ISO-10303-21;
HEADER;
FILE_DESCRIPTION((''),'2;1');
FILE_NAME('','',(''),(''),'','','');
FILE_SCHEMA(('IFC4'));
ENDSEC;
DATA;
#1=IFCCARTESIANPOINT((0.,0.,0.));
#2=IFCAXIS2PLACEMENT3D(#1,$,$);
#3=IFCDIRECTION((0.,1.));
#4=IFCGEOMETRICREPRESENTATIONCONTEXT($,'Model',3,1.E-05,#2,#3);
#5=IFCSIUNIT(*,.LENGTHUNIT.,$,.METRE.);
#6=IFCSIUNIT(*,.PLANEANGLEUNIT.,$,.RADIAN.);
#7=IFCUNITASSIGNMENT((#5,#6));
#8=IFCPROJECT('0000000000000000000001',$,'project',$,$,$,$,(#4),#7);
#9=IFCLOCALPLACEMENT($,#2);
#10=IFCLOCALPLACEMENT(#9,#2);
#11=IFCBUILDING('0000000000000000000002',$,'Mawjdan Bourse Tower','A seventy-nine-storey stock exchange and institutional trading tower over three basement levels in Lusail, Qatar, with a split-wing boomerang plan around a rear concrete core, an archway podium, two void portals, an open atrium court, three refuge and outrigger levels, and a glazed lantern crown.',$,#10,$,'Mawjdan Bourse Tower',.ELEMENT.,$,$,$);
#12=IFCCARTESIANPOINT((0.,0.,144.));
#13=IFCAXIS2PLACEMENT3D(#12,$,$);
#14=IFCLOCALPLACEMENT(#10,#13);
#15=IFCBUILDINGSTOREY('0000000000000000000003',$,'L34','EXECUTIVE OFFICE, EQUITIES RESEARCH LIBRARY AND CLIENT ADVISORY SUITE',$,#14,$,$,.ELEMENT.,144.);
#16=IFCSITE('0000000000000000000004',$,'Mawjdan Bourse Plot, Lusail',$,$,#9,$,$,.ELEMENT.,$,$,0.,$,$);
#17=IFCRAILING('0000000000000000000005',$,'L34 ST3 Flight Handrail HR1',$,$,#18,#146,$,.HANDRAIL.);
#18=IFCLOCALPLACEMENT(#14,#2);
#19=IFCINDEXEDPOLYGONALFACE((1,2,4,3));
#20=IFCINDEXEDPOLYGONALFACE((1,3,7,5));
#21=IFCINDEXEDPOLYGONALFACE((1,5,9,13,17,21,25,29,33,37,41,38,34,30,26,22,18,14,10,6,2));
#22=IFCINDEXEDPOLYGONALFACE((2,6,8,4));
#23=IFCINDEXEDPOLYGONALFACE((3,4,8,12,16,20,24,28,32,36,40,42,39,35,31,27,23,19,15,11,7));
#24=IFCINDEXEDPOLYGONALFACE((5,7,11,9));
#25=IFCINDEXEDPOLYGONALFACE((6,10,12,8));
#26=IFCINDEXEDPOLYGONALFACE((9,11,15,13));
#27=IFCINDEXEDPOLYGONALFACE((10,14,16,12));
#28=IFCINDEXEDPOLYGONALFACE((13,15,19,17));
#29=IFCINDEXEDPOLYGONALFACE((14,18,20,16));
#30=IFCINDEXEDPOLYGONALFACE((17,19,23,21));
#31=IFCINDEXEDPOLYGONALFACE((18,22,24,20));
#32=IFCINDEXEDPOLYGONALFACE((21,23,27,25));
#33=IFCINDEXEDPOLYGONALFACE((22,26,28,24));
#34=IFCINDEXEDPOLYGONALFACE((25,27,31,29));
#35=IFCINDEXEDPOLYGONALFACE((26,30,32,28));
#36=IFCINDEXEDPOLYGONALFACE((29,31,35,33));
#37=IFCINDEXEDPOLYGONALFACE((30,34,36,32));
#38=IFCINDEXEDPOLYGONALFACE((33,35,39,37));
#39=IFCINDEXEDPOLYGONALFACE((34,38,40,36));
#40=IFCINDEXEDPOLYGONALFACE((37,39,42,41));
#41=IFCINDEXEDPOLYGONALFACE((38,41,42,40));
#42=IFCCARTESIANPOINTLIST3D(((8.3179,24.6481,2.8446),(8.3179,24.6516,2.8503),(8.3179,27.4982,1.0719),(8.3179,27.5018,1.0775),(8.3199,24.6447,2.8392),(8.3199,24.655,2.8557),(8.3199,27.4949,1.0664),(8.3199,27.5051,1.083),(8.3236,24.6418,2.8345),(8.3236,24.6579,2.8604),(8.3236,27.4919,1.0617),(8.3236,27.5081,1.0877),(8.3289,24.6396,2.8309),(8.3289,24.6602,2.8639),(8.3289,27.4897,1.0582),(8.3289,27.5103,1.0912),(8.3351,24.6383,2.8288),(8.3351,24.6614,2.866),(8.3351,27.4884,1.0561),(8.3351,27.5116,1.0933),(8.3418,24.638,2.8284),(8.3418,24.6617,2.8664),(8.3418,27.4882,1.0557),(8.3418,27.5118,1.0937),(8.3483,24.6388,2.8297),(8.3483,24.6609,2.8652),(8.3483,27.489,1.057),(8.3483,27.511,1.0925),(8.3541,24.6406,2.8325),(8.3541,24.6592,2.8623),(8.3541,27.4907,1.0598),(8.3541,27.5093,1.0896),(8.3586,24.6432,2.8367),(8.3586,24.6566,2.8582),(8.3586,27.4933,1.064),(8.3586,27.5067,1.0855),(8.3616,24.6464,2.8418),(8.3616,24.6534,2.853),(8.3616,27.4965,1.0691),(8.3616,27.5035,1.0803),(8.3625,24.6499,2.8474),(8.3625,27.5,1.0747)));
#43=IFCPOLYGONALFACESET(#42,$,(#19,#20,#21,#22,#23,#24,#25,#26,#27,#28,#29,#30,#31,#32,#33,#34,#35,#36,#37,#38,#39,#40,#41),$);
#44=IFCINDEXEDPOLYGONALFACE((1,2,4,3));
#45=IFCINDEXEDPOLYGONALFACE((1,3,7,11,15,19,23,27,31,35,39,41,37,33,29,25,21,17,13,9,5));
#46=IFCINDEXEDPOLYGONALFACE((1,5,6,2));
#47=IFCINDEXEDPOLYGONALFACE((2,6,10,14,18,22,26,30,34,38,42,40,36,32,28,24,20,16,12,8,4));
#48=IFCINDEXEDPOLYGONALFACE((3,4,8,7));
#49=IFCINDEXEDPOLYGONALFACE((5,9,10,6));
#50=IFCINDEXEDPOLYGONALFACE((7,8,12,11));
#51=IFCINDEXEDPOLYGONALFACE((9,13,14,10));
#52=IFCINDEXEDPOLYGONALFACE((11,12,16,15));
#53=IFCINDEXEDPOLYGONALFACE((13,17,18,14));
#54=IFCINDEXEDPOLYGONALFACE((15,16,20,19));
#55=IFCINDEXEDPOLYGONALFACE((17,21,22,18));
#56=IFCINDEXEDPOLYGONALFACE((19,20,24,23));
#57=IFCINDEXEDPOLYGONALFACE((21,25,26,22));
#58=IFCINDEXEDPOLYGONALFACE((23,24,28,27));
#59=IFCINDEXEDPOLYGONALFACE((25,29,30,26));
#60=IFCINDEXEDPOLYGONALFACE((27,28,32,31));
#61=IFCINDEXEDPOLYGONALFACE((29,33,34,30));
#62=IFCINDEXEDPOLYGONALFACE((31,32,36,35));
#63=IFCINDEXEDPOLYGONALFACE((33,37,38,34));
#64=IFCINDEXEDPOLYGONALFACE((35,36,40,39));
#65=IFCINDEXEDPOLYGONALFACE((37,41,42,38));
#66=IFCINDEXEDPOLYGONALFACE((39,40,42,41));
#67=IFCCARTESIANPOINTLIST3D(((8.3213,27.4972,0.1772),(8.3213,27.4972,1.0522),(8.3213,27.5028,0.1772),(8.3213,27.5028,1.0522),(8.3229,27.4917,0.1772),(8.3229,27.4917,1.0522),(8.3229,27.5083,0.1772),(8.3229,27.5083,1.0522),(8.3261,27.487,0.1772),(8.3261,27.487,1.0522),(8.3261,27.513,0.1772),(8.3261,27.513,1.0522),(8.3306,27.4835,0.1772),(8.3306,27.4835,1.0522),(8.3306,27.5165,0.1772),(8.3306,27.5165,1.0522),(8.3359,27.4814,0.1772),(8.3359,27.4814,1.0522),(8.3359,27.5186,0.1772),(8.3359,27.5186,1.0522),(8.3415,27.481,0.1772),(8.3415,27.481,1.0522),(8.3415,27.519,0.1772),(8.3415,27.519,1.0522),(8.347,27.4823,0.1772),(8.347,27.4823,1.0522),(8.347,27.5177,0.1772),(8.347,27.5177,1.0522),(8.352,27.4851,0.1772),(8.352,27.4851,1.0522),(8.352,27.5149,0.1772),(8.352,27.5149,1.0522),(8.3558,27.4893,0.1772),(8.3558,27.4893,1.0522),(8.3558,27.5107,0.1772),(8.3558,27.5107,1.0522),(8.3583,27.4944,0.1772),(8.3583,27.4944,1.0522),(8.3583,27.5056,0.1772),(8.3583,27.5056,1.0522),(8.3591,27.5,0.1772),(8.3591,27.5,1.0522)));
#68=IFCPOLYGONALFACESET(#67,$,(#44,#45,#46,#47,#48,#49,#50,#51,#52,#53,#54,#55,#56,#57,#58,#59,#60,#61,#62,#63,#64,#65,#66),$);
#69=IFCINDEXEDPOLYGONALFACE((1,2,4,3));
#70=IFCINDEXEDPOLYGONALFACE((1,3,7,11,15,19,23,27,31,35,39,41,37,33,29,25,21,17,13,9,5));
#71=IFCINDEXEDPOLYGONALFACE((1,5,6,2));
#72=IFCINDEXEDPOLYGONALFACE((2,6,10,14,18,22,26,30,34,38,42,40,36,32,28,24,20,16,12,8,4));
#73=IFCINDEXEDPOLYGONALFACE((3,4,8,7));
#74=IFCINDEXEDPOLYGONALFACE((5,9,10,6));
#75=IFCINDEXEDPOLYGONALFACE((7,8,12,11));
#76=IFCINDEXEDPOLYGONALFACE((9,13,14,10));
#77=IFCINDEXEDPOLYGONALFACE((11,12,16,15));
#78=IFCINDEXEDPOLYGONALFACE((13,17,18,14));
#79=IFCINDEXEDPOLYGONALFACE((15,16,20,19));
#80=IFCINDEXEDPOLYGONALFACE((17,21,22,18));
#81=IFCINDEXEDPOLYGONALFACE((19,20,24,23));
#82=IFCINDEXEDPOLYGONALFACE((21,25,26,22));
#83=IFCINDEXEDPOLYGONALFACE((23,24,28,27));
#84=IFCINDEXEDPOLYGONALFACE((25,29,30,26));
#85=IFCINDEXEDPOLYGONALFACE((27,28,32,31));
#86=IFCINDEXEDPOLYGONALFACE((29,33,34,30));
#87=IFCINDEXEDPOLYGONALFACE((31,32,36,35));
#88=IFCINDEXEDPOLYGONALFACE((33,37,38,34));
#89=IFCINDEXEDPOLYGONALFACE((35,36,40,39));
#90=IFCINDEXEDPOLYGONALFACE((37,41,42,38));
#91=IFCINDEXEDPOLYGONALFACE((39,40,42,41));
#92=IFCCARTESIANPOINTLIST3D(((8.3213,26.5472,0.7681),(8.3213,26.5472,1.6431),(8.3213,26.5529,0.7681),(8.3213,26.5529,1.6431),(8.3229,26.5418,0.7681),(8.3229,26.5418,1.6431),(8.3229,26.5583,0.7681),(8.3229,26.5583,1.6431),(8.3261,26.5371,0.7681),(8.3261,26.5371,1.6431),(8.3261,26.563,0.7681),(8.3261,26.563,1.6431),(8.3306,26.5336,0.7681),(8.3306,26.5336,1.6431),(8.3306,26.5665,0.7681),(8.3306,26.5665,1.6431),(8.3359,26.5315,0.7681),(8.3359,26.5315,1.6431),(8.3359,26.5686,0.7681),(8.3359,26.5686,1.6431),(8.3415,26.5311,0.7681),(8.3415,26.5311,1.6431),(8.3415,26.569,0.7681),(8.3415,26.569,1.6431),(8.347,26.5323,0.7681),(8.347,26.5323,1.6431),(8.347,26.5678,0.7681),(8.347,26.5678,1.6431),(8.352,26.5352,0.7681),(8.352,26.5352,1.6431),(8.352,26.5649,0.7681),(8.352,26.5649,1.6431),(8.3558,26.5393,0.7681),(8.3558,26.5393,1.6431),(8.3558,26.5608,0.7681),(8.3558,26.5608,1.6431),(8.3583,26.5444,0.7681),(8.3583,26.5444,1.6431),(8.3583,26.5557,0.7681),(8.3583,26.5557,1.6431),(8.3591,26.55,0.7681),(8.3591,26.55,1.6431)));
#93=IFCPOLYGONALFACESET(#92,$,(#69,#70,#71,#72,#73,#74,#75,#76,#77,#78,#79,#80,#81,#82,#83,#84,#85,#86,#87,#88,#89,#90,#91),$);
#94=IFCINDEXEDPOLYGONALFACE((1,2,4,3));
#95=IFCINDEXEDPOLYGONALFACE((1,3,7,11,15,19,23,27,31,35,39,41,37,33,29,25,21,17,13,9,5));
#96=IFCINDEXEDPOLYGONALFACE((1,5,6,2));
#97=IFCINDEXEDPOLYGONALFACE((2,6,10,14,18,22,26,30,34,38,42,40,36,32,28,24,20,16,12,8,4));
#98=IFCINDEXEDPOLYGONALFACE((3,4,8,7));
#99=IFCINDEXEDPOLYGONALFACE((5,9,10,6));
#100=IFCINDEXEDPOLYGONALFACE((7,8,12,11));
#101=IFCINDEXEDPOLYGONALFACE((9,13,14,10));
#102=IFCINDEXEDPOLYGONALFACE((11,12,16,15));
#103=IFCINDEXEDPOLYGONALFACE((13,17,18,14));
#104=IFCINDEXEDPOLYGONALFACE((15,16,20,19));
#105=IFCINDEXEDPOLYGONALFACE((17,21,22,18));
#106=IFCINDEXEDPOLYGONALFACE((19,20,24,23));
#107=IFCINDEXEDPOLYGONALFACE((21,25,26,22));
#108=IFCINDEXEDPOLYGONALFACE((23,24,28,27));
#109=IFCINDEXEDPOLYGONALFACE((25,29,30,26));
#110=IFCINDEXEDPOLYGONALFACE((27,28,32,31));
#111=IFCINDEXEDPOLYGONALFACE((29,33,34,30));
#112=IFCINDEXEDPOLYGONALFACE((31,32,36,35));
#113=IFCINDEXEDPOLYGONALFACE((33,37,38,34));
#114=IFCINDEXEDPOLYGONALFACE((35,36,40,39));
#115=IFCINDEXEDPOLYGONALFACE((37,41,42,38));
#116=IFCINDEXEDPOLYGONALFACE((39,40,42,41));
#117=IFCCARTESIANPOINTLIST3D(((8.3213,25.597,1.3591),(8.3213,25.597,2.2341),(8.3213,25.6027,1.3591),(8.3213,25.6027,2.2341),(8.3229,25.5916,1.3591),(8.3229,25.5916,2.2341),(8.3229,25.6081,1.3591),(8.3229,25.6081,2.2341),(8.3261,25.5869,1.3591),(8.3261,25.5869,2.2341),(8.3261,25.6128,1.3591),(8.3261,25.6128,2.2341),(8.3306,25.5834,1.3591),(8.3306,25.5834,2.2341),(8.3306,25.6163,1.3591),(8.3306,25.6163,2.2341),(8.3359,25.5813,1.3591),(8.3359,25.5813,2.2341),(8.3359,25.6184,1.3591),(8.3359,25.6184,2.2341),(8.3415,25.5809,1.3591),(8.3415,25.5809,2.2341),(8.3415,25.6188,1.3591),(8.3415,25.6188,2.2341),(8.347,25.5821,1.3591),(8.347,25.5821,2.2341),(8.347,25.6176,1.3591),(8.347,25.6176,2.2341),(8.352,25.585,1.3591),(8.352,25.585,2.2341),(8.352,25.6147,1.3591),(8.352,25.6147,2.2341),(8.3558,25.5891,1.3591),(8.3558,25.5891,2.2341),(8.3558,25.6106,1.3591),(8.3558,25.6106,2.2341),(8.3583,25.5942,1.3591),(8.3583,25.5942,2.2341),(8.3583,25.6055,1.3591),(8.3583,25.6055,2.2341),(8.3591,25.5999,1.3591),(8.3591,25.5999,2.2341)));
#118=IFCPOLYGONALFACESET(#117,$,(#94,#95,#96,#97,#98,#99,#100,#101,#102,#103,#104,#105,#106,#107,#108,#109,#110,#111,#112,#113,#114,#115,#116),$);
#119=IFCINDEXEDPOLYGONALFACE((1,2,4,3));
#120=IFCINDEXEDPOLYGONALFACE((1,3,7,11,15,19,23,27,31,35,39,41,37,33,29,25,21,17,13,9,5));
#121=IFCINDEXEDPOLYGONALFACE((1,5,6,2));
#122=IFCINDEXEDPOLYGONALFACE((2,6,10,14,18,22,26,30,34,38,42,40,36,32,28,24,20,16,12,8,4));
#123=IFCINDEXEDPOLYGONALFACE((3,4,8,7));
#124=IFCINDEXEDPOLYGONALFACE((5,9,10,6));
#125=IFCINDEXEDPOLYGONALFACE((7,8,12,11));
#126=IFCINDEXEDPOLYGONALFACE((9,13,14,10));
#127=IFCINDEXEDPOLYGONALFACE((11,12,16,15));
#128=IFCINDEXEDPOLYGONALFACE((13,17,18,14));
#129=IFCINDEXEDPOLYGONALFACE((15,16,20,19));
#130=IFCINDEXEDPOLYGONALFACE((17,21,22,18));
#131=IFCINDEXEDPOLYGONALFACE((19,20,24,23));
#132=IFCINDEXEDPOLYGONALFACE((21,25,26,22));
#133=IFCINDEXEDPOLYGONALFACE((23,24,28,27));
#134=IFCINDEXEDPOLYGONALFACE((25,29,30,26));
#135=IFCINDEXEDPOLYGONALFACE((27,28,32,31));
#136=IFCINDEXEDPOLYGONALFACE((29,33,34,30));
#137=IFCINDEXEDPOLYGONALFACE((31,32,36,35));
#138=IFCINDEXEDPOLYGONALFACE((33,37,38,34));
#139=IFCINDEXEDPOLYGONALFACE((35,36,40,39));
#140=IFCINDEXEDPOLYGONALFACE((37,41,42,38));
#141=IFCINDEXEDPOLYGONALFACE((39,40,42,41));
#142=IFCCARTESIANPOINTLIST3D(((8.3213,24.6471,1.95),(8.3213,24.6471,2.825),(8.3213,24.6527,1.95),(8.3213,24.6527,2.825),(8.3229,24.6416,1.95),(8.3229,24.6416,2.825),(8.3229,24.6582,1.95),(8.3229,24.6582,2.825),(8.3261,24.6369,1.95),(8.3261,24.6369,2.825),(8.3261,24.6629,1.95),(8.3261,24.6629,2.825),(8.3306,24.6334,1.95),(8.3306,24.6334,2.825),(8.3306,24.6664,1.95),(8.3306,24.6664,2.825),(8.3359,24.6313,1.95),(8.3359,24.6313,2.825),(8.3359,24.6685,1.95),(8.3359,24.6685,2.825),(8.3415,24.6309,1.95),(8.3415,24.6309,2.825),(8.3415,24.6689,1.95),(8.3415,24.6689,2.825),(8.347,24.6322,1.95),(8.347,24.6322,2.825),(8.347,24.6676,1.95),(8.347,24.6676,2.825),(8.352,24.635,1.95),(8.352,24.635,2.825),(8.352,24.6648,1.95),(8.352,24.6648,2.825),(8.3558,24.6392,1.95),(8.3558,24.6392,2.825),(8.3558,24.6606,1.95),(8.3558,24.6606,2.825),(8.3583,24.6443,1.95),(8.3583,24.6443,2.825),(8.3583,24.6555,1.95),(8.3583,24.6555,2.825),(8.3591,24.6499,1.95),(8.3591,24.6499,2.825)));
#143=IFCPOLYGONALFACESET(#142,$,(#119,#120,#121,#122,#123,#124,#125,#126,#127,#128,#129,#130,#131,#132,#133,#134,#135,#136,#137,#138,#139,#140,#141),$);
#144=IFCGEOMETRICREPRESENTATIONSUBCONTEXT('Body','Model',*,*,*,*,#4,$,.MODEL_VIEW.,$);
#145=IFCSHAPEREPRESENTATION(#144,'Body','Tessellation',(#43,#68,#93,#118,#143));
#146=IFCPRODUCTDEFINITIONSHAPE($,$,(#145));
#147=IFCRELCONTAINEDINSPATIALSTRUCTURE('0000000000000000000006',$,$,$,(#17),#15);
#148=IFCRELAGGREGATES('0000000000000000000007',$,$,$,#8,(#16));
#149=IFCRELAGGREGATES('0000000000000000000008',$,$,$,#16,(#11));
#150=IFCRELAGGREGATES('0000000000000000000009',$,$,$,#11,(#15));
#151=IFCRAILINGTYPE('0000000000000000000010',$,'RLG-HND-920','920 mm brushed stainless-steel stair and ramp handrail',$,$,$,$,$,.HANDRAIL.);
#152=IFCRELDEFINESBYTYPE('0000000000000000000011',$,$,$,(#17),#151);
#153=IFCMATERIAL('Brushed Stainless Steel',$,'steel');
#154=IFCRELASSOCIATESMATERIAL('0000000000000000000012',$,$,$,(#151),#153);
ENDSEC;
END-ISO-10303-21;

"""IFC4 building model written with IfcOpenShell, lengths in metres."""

from ifc_helpers import new_model, si_unit, direction, frame, origin, origin_2d, place, context, subcontext, project, spatial, circle, extrude, material, type_object, element, save


model = new_model("IFC4")

# Units and contexts
model_context = context("Model", 3, precision=1e-05, world=origin(), true_north=direction((0.0, 1.0)))
body_context = subcontext(model_context, "Body", "Model", "MODEL_VIEW")
ifc_project = project(units=[si_unit("LENGTHUNIT", "METRE"), si_unit("PLANEANGLEUNIT", "RADIAN")], contexts=[model_context])

# Site, building, storey
site_placement = place(None, origin())
site = spatial("IfcSite", under=ifc_project, at=site_placement, Name="Mawjdan Bourse Plot, Lusail", CompositionType="ELEMENT", RefElevation=0.0)
building_placement = place(site_placement, origin())
building = spatial("IfcBuilding", under=site, at=building_placement, Name="Mawjdan Bourse Tower", Description="A seventy-nine-storey stock exchange and institutional trading tower over three basement levels in Lusail, Qatar, with a split-wing boomerang plan around a rear concrete core, an archway podium, two void portals, an open atrium court, three refuge and outrigger levels, and a glazed lantern crown.", LongName="Mawjdan Bourse Tower", CompositionType="ELEMENT")
storey_placement = place(building_placement, frame((0.0, 0.0, 144.0)))
storey = spatial("IfcBuildingStorey", under=building, at=storey_placement, Name="L34", Description="EXECUTIVE OFFICE, EQUITIES RESEARCH LIBRARY AND CLIENT ADVISORY SUITE", CompositionType="ELEMENT", Elevation=144.0)

# Railing
ifc_material_1 = material(Name="Brushed Stainless Steel", Category="steel")
railing_type_1 = type_object("IfcRailingType", Name="RLG-HND-920", Description="920 mm brushed stainless-steel stair and ramp handrail", PredefinedType="HANDRAIL", material=ifc_material_1)
railing_1_placement = place(storey_placement, frame((8.3401, 27.5, 0.1772)))
element("IfcRailing", 1, at=railing_1_placement, inside=storey, type_object=railing_type_1, Name="L34 ST3 Flight Handrail HR1", PredefinedType="HANDRAIL", context=body_context, shape_type="SweptSolid", body=[
    extrude(circle(Radius=0.0225, at=origin_2d()), frame((0.0, 0.0, 0.8975), z_axis=(0.0, -0.849149, 0.528154), x_axis=(1.0, 0.0, 0.0)), (0.0, 0.0, 1.0), 3.3564),
    extrude(circle(Radius=0.019, at=origin_2d()), origin(), (0.0, 0.0, 1.0), 0.875),
    extrude(circle(Radius=0.019, at=origin_2d()), frame((0.0, -0.95, 0.5908)), (0.0, 0.0, 1.0), 0.875),
    extrude(circle(Radius=0.019, at=origin_2d()), frame((0.0, -1.9001, 1.1819)), (0.0, 0.0, 1.0), 0.875),
    extrude(circle(Radius=0.019, at=origin_2d()), frame((0.0, -2.8501, 1.7727)), (0.0, 0.0, 1.0), 0.875),
])

save(model, "model.ifc")
